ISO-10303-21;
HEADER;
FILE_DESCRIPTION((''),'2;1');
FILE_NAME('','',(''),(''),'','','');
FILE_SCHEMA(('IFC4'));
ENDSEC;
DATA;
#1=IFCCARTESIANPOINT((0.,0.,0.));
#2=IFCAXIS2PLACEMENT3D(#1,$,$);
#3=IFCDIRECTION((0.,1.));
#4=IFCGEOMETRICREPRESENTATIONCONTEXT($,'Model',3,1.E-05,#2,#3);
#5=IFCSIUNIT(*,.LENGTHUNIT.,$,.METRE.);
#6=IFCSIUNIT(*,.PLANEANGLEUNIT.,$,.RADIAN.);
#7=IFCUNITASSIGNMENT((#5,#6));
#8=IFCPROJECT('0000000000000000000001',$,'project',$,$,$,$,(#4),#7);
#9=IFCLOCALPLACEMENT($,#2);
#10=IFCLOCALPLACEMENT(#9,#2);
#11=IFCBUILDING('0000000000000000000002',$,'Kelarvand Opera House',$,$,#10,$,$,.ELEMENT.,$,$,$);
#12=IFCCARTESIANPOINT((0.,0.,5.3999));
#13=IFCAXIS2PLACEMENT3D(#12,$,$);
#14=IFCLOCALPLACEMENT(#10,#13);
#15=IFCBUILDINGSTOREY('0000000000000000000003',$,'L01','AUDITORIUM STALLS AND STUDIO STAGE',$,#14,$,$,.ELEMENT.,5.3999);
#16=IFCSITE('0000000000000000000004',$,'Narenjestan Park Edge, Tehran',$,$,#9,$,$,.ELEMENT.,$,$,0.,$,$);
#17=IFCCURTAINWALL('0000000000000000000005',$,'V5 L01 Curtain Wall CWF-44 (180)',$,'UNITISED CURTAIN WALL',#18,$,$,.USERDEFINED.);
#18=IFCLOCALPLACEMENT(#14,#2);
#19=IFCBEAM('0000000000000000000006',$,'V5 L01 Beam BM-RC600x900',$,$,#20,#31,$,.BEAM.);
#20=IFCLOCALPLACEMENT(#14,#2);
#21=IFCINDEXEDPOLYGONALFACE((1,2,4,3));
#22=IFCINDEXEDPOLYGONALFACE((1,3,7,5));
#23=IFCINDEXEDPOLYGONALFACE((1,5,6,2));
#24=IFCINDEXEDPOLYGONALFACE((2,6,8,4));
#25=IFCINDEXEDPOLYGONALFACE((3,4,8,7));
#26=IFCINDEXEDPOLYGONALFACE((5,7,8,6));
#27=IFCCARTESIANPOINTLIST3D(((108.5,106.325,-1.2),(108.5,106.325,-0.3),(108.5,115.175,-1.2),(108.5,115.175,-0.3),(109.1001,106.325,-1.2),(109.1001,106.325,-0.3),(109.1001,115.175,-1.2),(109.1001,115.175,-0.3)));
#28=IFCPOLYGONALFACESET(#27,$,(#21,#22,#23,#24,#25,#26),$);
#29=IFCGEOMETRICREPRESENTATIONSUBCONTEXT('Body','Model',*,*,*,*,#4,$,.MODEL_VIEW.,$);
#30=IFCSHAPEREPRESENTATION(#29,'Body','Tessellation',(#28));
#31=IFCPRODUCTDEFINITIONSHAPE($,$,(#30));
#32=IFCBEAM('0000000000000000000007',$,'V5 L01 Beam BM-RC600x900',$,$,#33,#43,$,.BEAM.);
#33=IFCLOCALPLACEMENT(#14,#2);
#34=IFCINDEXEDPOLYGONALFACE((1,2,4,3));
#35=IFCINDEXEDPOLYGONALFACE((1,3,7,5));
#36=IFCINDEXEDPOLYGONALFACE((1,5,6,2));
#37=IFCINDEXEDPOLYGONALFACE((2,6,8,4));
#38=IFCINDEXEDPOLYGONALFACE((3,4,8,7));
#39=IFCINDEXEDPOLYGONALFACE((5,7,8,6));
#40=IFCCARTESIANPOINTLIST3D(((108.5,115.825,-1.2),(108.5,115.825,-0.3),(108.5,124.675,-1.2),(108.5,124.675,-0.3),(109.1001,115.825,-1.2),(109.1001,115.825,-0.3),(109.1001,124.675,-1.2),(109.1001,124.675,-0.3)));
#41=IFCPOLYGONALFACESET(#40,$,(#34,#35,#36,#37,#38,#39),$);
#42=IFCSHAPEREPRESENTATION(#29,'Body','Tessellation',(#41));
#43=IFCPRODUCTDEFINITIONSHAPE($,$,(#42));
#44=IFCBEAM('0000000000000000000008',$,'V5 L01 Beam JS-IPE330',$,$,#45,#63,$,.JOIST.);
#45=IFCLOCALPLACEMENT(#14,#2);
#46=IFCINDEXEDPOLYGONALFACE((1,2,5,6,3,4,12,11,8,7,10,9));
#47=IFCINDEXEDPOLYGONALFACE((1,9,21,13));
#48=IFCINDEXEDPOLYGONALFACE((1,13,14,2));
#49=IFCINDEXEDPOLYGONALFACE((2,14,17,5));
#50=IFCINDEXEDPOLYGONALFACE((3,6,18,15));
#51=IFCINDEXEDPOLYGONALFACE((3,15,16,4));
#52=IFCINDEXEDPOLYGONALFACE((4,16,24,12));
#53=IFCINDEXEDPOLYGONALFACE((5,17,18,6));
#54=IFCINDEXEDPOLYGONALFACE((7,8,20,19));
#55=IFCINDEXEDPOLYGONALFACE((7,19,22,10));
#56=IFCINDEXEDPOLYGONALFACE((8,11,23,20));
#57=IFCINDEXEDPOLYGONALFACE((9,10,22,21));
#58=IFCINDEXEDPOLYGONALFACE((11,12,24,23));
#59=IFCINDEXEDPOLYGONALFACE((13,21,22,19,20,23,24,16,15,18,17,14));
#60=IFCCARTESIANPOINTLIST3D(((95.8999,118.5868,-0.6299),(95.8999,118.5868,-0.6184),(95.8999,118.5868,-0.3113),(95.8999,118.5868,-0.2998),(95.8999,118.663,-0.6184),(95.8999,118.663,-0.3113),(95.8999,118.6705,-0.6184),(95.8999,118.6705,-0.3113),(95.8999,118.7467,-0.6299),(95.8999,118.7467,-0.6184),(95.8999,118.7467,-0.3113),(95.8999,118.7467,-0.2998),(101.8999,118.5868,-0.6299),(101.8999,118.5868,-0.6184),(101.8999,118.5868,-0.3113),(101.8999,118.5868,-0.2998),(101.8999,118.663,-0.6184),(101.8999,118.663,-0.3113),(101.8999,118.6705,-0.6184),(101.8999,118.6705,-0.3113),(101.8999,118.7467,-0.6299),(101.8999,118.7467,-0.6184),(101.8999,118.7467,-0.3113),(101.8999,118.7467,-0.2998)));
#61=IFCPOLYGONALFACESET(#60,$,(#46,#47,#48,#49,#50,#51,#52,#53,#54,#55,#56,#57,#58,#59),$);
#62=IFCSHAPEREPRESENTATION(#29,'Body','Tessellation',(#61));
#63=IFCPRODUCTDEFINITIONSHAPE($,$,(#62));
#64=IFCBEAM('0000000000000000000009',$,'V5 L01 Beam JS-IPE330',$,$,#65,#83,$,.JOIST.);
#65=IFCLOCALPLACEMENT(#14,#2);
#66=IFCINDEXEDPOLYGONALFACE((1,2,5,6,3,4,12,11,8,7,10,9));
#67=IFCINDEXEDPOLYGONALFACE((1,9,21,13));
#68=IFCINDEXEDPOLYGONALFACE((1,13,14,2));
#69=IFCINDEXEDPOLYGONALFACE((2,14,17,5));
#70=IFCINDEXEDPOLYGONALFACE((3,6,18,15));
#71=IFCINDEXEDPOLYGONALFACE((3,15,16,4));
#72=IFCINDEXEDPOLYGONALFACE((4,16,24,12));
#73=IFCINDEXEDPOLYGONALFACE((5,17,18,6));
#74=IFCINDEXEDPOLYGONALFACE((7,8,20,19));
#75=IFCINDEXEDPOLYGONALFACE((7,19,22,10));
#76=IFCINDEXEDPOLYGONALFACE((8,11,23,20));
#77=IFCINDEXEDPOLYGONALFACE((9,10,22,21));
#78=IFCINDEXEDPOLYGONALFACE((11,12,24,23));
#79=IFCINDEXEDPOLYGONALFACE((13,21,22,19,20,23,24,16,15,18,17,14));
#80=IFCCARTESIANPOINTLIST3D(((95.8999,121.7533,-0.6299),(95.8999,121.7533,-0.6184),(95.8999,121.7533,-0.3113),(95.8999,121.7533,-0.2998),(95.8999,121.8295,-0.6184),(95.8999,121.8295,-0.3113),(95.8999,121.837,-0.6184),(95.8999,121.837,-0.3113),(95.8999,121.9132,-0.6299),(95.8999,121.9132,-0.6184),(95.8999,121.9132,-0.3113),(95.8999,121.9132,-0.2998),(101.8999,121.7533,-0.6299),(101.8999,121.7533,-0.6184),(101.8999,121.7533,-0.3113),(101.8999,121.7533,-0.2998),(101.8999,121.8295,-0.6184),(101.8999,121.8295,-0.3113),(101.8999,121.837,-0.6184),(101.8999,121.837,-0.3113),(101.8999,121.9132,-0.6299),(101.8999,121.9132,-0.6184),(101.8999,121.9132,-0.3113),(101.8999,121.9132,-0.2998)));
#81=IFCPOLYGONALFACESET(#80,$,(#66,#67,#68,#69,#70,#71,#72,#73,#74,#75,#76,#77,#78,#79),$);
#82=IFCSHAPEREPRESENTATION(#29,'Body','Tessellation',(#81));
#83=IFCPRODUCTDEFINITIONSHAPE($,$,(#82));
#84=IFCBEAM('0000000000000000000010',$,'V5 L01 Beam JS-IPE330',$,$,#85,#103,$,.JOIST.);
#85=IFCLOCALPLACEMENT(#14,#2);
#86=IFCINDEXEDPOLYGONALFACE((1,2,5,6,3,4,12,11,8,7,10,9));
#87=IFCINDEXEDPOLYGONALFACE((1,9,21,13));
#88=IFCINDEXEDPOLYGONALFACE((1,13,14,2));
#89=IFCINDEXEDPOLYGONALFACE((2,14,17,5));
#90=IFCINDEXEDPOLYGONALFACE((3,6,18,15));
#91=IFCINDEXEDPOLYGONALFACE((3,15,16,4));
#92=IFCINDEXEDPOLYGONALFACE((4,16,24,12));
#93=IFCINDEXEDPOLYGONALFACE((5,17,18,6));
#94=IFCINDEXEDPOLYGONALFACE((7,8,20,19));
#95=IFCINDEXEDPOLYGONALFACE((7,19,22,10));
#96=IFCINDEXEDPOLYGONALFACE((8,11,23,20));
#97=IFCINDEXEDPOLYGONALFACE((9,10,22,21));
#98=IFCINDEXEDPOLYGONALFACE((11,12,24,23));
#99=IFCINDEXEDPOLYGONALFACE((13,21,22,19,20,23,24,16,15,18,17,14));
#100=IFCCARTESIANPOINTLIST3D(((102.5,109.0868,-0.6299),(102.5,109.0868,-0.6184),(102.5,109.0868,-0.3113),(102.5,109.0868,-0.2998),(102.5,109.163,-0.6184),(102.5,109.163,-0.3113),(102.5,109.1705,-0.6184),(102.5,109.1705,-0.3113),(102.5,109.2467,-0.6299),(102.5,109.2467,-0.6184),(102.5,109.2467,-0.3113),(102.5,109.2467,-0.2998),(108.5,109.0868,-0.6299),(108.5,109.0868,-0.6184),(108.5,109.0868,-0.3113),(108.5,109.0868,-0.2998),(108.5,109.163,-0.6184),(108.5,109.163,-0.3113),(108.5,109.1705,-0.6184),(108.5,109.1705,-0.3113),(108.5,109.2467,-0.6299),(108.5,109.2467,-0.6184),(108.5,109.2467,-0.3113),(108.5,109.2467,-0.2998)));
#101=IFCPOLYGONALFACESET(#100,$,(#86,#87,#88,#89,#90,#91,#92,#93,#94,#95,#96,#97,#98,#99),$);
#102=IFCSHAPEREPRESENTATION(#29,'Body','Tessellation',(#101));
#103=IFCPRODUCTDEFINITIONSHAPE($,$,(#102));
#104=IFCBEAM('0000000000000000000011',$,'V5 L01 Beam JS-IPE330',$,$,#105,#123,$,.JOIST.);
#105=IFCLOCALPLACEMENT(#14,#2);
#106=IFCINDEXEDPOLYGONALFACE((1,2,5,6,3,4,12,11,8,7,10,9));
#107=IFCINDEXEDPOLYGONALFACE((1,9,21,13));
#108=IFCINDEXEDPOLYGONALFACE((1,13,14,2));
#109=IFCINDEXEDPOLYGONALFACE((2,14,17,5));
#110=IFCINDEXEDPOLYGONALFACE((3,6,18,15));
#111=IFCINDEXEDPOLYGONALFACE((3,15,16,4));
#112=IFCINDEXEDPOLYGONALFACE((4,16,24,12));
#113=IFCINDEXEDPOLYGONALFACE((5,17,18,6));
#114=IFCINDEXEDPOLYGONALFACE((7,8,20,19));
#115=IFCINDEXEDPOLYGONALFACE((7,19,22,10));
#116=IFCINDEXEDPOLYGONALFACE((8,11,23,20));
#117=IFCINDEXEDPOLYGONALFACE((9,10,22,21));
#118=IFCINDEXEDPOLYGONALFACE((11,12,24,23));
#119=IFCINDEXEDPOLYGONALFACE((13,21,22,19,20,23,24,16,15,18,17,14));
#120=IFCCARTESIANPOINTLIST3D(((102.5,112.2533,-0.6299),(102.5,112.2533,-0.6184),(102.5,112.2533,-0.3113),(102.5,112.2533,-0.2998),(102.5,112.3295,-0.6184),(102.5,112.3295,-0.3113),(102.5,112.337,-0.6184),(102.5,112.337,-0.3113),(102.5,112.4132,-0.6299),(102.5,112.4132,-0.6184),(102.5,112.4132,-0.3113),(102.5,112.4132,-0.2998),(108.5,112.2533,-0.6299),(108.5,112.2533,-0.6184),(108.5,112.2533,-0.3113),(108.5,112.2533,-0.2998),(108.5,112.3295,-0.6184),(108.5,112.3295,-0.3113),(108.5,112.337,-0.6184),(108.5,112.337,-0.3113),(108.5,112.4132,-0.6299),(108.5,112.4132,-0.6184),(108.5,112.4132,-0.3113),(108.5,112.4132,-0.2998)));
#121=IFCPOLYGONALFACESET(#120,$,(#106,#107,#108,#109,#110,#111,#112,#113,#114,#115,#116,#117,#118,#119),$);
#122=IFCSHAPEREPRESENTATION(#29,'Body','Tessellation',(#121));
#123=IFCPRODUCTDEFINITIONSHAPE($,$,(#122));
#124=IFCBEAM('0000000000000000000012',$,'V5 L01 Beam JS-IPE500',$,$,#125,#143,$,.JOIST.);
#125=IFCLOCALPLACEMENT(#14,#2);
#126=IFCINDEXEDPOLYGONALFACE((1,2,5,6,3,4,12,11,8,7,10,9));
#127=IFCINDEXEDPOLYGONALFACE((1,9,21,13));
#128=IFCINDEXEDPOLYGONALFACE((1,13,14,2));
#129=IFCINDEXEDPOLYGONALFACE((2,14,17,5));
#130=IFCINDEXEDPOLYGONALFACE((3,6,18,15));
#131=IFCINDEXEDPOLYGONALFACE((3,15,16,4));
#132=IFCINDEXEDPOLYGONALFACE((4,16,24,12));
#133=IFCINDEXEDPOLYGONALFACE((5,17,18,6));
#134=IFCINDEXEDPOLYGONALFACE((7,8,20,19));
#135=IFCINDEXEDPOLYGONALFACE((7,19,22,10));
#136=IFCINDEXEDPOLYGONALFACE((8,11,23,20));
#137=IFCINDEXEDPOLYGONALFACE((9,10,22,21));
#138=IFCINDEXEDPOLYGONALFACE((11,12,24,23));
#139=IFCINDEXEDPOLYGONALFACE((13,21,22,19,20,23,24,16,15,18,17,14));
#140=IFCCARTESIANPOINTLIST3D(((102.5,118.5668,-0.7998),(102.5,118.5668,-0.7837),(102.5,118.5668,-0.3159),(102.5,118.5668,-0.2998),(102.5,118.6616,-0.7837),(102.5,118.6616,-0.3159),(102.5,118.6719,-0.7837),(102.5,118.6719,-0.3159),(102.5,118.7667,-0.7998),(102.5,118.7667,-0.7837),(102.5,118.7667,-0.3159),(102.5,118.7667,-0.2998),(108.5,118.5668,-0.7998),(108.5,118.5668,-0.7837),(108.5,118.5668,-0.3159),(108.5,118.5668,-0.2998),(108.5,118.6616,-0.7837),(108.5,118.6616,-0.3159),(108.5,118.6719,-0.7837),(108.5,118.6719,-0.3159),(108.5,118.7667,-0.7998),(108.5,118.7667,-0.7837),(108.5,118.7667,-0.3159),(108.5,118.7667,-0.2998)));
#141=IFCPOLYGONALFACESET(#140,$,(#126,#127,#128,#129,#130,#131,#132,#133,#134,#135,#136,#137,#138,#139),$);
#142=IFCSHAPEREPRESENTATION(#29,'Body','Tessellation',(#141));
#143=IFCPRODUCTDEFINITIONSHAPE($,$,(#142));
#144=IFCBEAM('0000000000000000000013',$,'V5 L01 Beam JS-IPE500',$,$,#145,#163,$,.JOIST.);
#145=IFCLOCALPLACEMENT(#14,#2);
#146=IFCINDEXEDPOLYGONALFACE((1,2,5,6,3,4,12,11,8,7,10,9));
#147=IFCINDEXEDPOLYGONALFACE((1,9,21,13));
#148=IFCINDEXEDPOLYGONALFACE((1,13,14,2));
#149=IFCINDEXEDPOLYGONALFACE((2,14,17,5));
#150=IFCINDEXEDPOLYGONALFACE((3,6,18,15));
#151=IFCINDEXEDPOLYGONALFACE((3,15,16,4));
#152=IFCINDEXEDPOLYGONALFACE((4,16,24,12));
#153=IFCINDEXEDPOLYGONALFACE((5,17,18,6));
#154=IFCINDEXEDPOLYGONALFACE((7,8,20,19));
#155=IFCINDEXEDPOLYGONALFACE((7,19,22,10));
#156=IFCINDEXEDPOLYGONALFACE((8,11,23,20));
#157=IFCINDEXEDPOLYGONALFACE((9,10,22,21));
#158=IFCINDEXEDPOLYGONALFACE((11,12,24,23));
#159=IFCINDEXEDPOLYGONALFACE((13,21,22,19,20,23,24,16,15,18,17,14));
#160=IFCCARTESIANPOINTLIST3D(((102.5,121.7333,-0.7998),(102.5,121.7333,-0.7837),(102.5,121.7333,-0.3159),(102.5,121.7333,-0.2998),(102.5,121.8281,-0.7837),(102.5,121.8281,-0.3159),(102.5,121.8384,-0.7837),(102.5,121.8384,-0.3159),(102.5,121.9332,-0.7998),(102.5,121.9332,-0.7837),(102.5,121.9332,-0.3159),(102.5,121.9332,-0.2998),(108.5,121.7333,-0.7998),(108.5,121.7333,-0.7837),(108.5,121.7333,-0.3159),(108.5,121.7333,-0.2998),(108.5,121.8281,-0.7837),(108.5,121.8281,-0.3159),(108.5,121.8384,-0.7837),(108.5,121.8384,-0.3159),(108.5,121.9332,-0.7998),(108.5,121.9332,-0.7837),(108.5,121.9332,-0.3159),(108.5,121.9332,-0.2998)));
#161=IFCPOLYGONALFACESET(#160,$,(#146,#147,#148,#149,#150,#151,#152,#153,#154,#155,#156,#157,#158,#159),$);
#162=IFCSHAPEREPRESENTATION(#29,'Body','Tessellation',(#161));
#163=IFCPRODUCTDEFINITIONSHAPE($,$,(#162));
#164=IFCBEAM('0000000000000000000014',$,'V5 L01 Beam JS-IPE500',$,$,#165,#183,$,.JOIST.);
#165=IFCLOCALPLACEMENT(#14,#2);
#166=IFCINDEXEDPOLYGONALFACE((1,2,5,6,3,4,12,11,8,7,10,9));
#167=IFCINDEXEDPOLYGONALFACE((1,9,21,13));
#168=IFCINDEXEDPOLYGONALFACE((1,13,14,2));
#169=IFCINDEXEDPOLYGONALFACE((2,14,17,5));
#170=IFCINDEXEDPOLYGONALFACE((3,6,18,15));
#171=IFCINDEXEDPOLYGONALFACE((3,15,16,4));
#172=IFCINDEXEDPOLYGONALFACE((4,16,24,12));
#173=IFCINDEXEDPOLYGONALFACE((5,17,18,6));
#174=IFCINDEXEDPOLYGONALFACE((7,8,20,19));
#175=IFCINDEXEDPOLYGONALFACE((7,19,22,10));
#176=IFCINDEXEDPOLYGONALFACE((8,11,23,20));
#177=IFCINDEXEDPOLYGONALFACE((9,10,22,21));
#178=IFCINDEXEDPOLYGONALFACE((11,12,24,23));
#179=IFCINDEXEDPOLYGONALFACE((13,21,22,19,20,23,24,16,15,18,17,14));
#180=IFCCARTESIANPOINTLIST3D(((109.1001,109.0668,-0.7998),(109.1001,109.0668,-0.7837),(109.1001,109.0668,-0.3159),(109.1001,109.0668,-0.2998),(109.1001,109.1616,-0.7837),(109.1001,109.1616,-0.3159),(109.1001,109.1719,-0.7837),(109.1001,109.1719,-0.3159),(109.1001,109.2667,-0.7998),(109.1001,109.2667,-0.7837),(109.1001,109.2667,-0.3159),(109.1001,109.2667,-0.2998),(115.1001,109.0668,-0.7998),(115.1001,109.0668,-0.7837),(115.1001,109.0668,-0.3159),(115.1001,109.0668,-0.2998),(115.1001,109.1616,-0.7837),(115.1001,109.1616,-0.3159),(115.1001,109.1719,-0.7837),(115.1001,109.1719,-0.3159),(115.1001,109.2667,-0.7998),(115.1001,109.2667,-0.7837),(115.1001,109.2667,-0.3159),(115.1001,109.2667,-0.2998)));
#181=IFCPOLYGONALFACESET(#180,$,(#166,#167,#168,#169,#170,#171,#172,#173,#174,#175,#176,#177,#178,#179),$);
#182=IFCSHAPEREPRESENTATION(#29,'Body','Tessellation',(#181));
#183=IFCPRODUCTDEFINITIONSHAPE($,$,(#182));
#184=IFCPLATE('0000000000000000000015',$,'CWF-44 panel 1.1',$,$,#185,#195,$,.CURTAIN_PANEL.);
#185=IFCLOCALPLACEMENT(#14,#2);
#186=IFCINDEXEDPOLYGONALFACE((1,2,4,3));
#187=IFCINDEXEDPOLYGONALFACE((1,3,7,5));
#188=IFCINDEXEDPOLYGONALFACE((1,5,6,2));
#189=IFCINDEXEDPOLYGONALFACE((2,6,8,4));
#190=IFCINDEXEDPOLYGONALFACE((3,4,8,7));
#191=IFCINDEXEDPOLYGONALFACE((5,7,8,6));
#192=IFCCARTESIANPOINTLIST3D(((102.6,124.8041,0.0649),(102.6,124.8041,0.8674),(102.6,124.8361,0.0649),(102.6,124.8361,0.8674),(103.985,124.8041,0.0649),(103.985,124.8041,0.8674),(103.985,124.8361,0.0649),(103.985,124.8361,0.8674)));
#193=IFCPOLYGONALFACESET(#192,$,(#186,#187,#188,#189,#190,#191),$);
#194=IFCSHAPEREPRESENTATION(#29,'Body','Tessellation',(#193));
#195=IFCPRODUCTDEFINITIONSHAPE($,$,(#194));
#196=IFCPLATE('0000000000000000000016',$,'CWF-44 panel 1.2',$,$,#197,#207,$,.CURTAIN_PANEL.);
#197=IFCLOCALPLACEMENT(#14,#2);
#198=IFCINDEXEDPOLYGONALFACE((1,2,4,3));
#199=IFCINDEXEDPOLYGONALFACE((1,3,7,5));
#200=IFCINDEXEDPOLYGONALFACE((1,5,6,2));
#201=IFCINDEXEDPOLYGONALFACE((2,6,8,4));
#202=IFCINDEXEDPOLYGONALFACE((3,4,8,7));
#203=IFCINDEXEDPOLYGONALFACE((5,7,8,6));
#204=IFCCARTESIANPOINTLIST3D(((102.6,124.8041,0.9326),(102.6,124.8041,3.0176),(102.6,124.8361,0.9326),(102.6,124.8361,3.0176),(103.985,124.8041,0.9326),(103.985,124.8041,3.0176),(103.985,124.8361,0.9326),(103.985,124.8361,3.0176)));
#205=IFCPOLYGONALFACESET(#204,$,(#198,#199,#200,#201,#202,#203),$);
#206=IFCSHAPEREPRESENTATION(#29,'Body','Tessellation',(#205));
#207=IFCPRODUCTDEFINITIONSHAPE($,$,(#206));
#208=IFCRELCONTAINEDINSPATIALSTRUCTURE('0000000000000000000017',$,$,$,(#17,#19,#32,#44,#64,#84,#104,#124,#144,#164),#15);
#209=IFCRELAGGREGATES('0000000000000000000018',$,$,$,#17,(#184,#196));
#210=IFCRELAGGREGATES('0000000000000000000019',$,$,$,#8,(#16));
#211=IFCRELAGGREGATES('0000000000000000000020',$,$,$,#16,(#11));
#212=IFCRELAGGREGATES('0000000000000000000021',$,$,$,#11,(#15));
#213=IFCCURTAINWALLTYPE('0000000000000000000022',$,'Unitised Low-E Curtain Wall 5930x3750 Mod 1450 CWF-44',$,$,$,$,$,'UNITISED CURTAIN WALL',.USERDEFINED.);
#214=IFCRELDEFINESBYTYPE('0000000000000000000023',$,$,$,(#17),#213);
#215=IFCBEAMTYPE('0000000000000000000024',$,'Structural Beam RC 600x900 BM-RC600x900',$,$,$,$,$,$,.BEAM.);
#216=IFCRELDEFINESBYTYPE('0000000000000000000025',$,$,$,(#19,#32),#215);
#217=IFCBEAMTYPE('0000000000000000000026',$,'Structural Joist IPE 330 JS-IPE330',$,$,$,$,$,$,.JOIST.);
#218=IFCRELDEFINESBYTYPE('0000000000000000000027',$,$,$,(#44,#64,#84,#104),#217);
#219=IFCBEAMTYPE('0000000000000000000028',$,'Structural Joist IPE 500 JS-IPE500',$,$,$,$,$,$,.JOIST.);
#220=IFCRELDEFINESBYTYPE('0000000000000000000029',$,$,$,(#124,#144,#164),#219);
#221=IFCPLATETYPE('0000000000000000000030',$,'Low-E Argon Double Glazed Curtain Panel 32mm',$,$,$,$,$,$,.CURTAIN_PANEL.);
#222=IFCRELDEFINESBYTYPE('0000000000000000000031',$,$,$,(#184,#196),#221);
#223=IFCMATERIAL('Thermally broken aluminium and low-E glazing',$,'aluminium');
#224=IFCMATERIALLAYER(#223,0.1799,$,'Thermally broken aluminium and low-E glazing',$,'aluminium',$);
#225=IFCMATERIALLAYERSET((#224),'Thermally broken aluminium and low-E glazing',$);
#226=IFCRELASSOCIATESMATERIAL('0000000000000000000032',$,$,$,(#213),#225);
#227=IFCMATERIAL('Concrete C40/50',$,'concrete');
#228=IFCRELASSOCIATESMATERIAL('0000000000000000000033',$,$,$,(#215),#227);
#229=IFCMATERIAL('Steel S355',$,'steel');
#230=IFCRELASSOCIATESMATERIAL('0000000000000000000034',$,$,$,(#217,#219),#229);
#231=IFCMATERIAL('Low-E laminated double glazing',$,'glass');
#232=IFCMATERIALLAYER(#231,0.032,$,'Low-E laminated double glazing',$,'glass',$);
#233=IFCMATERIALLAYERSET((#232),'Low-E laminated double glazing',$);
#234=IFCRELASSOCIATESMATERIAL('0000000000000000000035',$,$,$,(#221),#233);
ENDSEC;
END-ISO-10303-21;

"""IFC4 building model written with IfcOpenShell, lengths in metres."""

from ifc_helpers import new_model, si_unit, direction, frame, origin, origin_2d, place, context, subcontext, project, spatial, rectangle, i_section, extrude, material, layer, layer_set, material_profile, profile_set, type_object, element, aggregate, save


model = new_model("IFC4")

# Units and contexts
model_context = context("Model", 3, precision=1e-05, world=origin(), true_north=direction((0.0, 1.0)))
body_context = subcontext(model_context, "Body", "Model", "MODEL_VIEW")
ifc_project = project(units=[si_unit("LENGTHUNIT", "METRE"), si_unit("PLANEANGLEUNIT", "RADIAN")], contexts=[model_context])

# Site, building, storey
site_placement = place(None, origin())
site = spatial("IfcSite", under=ifc_project, at=site_placement, Name="Narenjestan Park Edge, Tehran", CompositionType="ELEMENT", RefElevation=0.0)
building_placement = place(site_placement, origin())
building = spatial("IfcBuilding", under=site, at=building_placement, Name="Kelarvand Opera House", CompositionType="ELEMENT")
storey_placement = place(building_placement, frame((0.0, 0.0, 5.3999)))
storey = spatial("IfcBuildingStorey", under=building, at=storey_placement, Name="L01", Description="AUDITORIUM STALLS AND STUDIO STAGE", CompositionType="ELEMENT", Elevation=5.3999)

# Shared definitions
ifc_material_1 = material(Name="Concrete C40/50", Category="concrete")

# Curtain wall
ifc_material_2 = material(Name="Thermally broken aluminium and low-E glazing", Category="aluminium")
ifc_layer_1 = layer(ifc_material_2, 0.1799, Name="Thermally broken aluminium and low-E glazing", Category="aluminium")
ifc_layer_set_1 = layer_set([ifc_layer_1], Name="Thermally broken aluminium and low-E glazing")
curtain_wall_type = type_object("IfcCurtainWallType", Name="Unitised Low-E Curtain Wall 5930x3750 Mod 1450 CWF-44", ElementType="UNITISED CURTAIN WALL", PredefinedType="USERDEFINED", material=ifc_layer_set_1)
curtain_wall_placement = place(storey_placement, origin())
curtain_wall = element("IfcCurtainWall", 1, at=curtain_wall_placement, inside=storey, type_object=curtain_wall_type, Name="V5 L01 Curtain Wall CWF-44 (180)", ObjectType="UNITISED CURTAIN WALL", PredefinedType="USERDEFINED")

# Beams
ifc_material_profile_1 = material_profile(ifc_material_1, rectangle(XDim=0.6001, YDim=0.8999, at=origin_2d()), Name="RC 600x900", Category="concrete")
ifc_profile_set_1 = profile_set([ifc_material_profile_1], Name="Concrete C40/50")
beam_type_1 = type_object("IfcBeamType", Name="Structural Beam RC 600x900 BM-RC600x900", PredefinedType="BEAM", material=ifc_profile_set_1)
for number, where, z_axis, x_axis, name in (
    (2, (108.8, 106.325, -0.75), (0.0, 1.0, 0.0), (-1.0, 0.0, 0.0), "V5 L01 Beam BM-RC600x900"),
    (3, (108.8, 115.825, -0.75), (0.0, 1.0, 0.0), (-1.0, 0.0, 0.0), "V5 L01 Beam BM-RC600x900"),
):
    element("IfcBeam", number, at=place(storey_placement, frame(where, z_axis=z_axis, x_axis=x_axis)), inside=storey, type_object=beam_type_1, Name=name, PredefinedType="BEAM", context=body_context, shape_type="SweptSolid", body=[
        extrude(rectangle(XDim=0.6001, YDim=0.8999, at=origin_2d()), origin(), (0.0, 0.0, 1.0), 8.8501),
    ])
ifc_material_3 = material(Name="Steel S355", Category="steel")
ifc_material_profile_2 = material_profile(ifc_material_3, i_section(OverallWidth=0.1599, OverallDepth=0.3301, WebThickness=0.0076, FlangeThickness=0.0115, at=origin_2d()), Name="IPE 330", Category="steel")
ifc_profile_set_2 = profile_set([ifc_material_profile_2], Name="Steel S355")
beam_type_2 = type_object("IfcBeamType", Name="Structural Joist IPE 330 JS-IPE330", PredefinedType="JOIST", material=ifc_profile_set_2)
for number, where, z_axis, x_axis, name in (
    (4, (95.8999, 118.6667, -0.4648), (1.0, 0.0, 0.0), (0.0, 1.0, 0.0), "V5 L01 Beam JS-IPE330"),
    (5, (95.8999, 121.8333, -0.4648), (1.0, 0.0, 0.0), (0.0, 1.0, 0.0), "V5 L01 Beam JS-IPE330"),
    (6, (102.5, 109.1667, -0.4648), (1.0, 0.0, 0.0), (0.0, 1.0, 0.0), "V5 L01 Beam JS-IPE330"),
    (7, (102.5, 112.3333, -0.4648), (1.0, 0.0, 0.0), (0.0, 1.0, 0.0), "V5 L01 Beam JS-IPE330"),
):
    element("IfcBeam", number, at=place(storey_placement, frame(where, z_axis=z_axis, x_axis=x_axis)), inside=storey, type_object=beam_type_2, Name=name, PredefinedType="JOIST", context=body_context, shape_type="SweptSolid", body=[
        extrude(i_section(OverallWidth=0.1599, OverallDepth=0.3301, WebThickness=0.0076, FlangeThickness=0.0115, at=origin_2d()), origin(), (0.0, 0.0, 1.0), 6.0),
    ])
ifc_material_profile_3 = material_profile(ifc_material_3, i_section(OverallWidth=0.2, OverallDepth=0.5, WebThickness=0.0103, FlangeThickness=0.0161, at=origin_2d()), Name="IPE 500", Category="steel")
ifc_profile_set_3 = profile_set([ifc_material_profile_3], Name="Steel S355")
beam_type_3 = type_object("IfcBeamType", Name="Structural Joist IPE 500 JS-IPE500", PredefinedType="JOIST", material=ifc_profile_set_3)
for number, where, z_axis, x_axis, name in (
    (8, (102.5, 118.6667, -0.5498), (1.0, 0.0, 0.0), (0.0, 1.0, 0.0), "V5 L01 Beam JS-IPE500"),
    (9, (102.5, 121.8333, -0.5498), (1.0, 0.0, 0.0), (0.0, 1.0, 0.0), "V5 L01 Beam JS-IPE500"),
    (10, (109.1001, 109.1667, -0.5498), (1.0, 0.0, 0.0), (0.0, 1.0, 0.0), "V5 L01 Beam JS-IPE500"),
):
    element("IfcBeam", number, at=place(storey_placement, frame(where, z_axis=z_axis, x_axis=x_axis)), inside=storey, type_object=beam_type_3, Name=name, PredefinedType="JOIST", context=body_context, shape_type="SweptSolid", body=[
        extrude(i_section(OverallWidth=0.2, OverallDepth=0.5, WebThickness=0.0103, FlangeThickness=0.0161, at=origin_2d()), origin(), (0.0, 0.0, 1.0), 6.0),
    ])

# Plates
ifc_material_4 = material(Name="Low-E laminated double glazing", Category="glass")
ifc_layer_2 = layer(ifc_material_4, 0.032, Name="Low-E laminated double glazing", Category="glass")
ifc_layer_set_2 = layer_set([ifc_layer_2], Name="Low-E laminated double glazing")
plate_type = type_object("IfcPlateType", Name="Low-E Argon Double Glazed Curtain Panel 32mm", PredefinedType="CURTAIN_PANEL", material=ifc_layer_set_2)
plate_1_placement = place(storey_placement, frame((103.2925, 124.8201, 0.0649), z_axis=(0.0, 0.0, 1.0), x_axis=(1.0, 0.0, 0.0)))
plate_1 = element("IfcPlate", 11, at=plate_1_placement, type_object=plate_type, Name="CWF-44 panel 1.1", PredefinedType="CURTAIN_PANEL", context=body_context, shape_type="SweptSolid", body=[
    extrude(rectangle(XDim=1.385, YDim=0.032, at=origin_2d()), origin(), (0.0, 0.0, 1.0), 0.8025),
])
plate_2_placement = place(storey_placement, frame((103.2925, 124.8201, 0.9326), z_axis=(0.0, 0.0, 1.0), x_axis=(1.0, 0.0, 0.0)))
plate_2 = element("IfcPlate", 12, at=plate_2_placement, type_object=plate_type, Name="CWF-44 panel 1.2", PredefinedType="CURTAIN_PANEL", context=body_context, shape_type="SweptSolid", body=[
    extrude(rectangle(XDim=1.385, YDim=0.032, at=origin_2d()), origin(), (0.0, 0.0, 1.0), 2.085),
])
aggregate(curtain_wall, [plate_1, plate_2])

save(model, "model.ifc")
